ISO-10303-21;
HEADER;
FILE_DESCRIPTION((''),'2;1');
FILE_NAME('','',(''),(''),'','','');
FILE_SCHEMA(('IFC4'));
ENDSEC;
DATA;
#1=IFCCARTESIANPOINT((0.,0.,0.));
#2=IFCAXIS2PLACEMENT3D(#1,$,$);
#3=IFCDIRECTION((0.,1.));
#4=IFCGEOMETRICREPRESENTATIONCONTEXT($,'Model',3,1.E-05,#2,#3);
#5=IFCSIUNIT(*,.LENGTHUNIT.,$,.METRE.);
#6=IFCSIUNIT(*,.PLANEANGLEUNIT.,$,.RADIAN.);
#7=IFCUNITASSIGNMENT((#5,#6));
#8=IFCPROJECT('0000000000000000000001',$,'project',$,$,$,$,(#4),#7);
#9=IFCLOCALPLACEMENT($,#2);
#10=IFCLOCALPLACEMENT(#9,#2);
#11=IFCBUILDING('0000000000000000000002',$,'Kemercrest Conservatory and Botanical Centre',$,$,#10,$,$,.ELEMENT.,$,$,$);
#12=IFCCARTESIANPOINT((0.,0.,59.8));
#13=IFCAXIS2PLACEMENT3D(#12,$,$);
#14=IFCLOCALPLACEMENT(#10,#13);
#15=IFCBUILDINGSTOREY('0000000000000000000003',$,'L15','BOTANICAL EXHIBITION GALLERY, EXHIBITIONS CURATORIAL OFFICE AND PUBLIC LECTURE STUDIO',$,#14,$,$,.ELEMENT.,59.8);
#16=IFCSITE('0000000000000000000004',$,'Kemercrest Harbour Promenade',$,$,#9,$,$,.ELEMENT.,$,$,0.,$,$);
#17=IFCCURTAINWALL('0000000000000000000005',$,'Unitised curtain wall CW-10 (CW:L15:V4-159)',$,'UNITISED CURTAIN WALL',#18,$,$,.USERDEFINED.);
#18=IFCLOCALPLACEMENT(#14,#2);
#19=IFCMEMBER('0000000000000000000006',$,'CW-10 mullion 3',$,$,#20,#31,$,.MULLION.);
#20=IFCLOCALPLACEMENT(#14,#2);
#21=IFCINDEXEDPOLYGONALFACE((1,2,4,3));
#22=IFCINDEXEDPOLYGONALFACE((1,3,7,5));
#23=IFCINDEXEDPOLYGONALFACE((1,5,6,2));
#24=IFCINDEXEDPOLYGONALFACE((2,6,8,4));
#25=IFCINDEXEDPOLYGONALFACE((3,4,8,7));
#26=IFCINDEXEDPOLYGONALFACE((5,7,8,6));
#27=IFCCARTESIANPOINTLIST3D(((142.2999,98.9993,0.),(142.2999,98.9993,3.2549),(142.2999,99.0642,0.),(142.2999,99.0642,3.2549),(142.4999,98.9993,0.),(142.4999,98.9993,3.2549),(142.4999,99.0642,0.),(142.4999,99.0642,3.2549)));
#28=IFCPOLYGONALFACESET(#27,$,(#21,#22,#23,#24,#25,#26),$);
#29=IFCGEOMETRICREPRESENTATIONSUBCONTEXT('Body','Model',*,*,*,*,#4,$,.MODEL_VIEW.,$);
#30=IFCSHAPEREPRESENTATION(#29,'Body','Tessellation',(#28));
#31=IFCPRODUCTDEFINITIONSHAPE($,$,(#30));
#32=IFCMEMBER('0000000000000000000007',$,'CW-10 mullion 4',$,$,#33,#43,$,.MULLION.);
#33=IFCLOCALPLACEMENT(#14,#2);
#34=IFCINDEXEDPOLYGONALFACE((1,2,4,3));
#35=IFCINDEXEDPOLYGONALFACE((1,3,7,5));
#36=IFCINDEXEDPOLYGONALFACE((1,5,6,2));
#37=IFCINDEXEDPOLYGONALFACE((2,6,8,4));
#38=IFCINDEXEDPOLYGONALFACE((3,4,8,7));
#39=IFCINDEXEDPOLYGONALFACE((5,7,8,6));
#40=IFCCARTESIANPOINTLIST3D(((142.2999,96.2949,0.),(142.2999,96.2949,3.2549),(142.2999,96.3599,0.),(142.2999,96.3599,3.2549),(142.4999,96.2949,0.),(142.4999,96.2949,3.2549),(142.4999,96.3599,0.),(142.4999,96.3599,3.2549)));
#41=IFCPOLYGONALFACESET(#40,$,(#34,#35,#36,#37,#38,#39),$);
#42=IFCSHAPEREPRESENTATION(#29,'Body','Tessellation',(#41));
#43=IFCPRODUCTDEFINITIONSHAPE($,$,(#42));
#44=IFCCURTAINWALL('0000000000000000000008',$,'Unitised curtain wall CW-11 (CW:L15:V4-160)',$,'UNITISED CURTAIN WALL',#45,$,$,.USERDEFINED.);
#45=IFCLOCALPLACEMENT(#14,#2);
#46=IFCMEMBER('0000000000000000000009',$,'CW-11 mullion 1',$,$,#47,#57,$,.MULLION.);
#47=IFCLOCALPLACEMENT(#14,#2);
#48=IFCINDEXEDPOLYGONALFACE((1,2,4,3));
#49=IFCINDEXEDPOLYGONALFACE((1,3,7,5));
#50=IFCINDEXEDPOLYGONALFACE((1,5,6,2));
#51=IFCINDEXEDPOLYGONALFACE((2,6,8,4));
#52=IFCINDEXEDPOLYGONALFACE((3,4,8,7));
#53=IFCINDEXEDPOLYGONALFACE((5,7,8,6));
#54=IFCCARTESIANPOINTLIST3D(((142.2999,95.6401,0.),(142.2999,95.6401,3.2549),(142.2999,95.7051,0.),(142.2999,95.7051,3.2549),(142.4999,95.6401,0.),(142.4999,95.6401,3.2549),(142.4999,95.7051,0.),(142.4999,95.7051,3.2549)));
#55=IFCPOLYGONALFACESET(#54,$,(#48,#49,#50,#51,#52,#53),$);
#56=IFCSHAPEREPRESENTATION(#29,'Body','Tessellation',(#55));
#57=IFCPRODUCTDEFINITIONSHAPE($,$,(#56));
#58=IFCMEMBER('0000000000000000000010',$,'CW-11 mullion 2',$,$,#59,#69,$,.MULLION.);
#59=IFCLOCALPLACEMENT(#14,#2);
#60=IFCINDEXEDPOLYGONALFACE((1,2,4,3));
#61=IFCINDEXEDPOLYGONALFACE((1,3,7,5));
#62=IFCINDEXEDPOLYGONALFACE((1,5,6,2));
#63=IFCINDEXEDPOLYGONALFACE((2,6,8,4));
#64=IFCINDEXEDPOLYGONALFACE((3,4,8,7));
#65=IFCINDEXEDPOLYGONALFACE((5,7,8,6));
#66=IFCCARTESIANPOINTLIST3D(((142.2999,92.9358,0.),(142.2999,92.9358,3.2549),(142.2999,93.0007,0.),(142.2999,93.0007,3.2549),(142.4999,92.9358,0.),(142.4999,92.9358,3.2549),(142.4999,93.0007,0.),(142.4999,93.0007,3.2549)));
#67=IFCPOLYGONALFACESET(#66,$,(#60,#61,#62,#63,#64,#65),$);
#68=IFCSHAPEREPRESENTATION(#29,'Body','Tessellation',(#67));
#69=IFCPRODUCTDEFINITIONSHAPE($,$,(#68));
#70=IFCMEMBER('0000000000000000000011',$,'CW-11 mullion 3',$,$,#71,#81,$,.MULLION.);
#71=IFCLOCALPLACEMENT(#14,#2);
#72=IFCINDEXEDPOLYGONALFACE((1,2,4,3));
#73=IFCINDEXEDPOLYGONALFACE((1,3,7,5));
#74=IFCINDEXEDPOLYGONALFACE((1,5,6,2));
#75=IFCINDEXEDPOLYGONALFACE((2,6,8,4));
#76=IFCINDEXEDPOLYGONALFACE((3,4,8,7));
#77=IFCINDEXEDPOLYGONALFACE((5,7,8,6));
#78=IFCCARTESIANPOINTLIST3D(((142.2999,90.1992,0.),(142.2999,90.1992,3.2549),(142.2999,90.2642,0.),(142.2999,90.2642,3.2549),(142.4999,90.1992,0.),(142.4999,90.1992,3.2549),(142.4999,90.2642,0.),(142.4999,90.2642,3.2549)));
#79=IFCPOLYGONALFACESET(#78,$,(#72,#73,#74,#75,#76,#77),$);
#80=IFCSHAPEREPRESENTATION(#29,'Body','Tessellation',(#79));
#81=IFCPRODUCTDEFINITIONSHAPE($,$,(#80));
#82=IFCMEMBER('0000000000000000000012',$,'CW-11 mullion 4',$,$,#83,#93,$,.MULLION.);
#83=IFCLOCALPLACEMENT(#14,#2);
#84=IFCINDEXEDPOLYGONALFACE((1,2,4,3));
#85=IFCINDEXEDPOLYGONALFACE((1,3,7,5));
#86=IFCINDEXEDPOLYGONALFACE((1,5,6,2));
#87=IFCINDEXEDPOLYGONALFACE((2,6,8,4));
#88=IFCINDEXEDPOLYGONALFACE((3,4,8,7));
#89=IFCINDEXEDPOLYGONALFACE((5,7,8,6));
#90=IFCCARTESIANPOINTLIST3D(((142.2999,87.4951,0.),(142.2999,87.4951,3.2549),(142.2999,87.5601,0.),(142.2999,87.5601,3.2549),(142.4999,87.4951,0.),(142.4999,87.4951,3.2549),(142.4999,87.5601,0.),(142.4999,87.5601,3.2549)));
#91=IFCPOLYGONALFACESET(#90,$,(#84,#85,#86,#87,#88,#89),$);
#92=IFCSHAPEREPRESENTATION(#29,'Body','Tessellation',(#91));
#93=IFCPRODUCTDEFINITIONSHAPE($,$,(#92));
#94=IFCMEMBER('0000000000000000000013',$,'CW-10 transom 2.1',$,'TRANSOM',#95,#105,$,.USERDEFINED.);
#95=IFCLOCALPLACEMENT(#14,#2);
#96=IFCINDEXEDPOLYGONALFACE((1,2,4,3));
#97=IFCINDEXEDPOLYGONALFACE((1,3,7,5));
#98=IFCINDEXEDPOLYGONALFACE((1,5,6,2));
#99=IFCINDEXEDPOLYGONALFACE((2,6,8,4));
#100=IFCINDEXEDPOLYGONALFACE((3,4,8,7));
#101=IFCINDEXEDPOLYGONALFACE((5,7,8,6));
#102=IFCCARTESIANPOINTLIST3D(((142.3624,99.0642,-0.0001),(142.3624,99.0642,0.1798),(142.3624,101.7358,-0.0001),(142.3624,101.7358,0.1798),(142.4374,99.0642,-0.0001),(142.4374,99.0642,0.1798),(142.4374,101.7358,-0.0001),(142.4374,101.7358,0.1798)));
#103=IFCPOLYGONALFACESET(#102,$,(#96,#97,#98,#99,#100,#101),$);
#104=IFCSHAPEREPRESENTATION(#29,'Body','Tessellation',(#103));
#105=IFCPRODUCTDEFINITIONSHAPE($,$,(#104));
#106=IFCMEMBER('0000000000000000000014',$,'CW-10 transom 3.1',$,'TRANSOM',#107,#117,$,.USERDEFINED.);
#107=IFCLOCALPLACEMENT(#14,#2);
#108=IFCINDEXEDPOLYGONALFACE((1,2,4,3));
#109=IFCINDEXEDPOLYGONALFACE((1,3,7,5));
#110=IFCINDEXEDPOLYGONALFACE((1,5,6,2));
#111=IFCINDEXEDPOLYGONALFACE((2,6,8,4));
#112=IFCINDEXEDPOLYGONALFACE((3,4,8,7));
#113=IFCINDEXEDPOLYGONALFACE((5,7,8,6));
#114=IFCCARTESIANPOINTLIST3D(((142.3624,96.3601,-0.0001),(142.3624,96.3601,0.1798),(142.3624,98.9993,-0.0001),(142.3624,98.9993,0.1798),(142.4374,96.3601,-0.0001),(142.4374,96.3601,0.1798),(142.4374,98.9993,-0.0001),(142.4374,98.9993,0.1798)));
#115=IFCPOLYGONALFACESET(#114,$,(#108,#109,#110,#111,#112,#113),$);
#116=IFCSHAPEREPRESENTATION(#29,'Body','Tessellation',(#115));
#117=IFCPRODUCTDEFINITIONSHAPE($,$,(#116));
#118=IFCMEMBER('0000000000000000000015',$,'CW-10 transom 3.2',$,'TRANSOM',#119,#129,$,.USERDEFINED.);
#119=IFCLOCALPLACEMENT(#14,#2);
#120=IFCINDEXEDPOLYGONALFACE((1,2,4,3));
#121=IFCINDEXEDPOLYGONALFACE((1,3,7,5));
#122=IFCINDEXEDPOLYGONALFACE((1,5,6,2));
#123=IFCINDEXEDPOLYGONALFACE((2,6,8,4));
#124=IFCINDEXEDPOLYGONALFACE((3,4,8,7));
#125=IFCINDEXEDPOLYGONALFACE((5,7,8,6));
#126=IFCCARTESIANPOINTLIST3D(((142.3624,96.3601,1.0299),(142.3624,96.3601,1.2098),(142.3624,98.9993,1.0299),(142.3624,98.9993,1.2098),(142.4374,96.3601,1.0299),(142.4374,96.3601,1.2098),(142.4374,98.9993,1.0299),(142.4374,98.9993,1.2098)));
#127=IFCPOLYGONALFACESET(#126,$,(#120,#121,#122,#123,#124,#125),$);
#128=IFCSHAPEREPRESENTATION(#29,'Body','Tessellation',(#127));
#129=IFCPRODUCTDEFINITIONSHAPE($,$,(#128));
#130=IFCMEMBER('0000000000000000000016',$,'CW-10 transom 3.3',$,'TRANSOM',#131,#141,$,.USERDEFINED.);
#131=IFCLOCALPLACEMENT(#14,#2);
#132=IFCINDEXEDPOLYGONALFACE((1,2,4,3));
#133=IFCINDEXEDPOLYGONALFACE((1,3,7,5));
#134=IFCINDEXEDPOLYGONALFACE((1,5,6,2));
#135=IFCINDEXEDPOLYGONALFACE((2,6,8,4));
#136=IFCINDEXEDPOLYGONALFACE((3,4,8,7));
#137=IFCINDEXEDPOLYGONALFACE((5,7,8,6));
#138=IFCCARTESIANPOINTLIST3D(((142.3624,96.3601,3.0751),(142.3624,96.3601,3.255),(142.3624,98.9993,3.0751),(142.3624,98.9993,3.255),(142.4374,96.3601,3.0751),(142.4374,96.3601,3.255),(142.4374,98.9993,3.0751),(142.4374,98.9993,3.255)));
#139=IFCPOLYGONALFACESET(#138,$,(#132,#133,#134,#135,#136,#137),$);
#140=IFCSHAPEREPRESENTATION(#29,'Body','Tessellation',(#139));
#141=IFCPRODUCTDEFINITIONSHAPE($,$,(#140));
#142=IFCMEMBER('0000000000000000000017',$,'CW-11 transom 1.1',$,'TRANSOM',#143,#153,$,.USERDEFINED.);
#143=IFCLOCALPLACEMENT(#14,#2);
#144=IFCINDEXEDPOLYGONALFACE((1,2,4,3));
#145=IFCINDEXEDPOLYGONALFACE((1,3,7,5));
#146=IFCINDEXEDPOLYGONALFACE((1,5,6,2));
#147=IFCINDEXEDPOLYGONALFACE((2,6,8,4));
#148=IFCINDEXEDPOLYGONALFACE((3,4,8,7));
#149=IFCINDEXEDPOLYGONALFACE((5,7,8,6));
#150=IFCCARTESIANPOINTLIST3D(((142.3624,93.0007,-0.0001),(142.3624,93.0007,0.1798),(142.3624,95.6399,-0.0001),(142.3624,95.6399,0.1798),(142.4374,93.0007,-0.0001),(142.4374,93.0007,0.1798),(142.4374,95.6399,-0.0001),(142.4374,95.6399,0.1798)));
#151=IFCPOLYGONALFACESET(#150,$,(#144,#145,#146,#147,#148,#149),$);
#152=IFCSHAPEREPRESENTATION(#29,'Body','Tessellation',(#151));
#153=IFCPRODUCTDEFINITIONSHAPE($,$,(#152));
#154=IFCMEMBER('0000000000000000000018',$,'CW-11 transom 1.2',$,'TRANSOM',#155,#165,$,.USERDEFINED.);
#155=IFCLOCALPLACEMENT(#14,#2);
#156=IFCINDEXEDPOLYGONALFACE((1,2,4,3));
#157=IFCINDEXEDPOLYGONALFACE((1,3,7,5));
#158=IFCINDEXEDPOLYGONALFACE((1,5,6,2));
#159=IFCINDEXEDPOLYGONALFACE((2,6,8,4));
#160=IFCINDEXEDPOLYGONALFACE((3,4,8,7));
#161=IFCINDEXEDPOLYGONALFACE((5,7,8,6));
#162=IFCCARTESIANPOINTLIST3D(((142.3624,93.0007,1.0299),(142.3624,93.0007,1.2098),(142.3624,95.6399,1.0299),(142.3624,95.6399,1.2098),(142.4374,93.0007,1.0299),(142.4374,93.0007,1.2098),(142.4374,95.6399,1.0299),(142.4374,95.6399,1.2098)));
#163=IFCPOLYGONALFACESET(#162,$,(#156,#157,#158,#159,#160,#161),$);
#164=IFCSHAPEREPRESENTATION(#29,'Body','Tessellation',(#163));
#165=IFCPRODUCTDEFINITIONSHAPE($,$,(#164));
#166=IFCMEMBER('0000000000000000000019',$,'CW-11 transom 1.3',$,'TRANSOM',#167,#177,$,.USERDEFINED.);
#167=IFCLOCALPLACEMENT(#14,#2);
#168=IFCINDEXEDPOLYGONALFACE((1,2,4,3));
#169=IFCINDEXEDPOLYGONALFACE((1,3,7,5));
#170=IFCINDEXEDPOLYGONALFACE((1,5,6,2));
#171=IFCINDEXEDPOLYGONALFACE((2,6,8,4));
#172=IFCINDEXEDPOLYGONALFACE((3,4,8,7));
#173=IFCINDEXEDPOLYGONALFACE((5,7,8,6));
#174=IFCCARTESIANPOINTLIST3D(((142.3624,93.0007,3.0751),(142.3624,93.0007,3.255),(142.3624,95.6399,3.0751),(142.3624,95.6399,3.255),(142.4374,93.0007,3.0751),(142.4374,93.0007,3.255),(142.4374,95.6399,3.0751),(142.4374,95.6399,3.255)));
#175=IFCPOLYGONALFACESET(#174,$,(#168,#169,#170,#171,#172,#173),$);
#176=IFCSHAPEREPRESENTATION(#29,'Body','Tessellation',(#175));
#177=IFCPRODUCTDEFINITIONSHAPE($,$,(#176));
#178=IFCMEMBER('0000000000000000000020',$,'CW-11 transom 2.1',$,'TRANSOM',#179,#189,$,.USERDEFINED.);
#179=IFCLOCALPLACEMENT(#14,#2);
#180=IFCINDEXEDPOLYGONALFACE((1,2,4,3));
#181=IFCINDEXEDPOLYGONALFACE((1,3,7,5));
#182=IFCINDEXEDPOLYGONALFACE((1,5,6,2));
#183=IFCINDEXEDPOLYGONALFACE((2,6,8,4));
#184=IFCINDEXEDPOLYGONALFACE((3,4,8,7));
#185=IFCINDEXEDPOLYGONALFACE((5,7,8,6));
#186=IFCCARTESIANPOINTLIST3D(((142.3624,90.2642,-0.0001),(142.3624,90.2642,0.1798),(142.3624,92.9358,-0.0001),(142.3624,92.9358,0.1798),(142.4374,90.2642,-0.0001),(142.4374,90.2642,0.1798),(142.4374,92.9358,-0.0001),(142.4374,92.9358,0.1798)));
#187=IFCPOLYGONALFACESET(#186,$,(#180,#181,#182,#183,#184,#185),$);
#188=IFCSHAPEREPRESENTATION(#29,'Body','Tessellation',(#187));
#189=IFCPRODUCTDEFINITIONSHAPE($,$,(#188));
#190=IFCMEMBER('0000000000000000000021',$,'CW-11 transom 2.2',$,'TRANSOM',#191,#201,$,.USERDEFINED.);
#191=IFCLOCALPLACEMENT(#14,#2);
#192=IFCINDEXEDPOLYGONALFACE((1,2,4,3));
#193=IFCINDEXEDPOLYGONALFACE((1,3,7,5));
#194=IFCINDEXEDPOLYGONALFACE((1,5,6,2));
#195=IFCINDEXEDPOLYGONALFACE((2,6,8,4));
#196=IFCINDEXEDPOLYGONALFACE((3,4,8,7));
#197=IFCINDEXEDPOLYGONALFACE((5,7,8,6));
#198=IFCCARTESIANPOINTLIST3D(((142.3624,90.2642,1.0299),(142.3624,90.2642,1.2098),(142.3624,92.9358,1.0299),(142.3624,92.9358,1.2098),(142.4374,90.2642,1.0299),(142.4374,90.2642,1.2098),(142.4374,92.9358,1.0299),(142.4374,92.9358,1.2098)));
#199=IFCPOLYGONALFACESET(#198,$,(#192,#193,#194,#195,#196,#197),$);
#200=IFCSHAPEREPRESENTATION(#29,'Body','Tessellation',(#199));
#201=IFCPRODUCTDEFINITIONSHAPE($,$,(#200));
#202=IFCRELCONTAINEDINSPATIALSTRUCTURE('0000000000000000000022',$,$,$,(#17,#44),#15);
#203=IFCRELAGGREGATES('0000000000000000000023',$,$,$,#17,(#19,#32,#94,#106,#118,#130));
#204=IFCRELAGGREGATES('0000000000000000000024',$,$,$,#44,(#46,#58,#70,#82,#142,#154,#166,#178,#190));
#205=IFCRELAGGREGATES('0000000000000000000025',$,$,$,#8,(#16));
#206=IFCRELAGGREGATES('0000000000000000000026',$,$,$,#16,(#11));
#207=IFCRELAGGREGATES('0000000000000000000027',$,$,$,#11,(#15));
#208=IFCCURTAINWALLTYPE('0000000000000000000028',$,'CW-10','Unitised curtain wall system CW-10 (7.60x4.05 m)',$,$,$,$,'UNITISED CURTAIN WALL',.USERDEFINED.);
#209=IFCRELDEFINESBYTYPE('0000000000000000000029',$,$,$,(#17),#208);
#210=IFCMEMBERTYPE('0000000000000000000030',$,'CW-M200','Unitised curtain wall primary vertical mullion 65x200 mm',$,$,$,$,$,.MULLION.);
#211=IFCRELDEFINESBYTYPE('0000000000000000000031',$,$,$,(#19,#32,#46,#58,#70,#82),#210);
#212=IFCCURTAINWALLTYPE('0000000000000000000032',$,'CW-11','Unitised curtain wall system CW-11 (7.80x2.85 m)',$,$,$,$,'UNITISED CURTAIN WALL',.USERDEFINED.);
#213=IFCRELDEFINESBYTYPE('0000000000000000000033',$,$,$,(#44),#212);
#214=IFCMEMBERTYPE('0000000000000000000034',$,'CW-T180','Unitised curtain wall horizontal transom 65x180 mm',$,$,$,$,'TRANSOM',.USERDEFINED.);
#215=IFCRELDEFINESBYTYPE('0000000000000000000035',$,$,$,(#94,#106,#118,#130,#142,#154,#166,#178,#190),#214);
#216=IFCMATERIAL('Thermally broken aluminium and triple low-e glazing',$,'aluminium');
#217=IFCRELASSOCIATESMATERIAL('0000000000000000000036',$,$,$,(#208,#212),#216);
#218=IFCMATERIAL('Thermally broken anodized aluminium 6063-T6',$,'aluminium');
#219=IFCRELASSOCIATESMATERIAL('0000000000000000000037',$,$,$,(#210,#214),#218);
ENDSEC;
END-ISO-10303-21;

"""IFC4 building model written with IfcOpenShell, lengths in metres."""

from ifc_helpers import new_model, si_unit, direction, frame, origin, origin_2d, place, context, subcontext, project, spatial, rectangle, extrude, material, material_profile, profile_set, type_object, element, aggregate, save


model = new_model("IFC4")

# Units and contexts
model_context = context("Model", 3, precision=1e-05, world=origin(), true_north=direction((0.0, 1.0)))
body_context = subcontext(model_context, "Body", "Model", "MODEL_VIEW")
ifc_project = project(units=[si_unit("LENGTHUNIT", "METRE"), si_unit("PLANEANGLEUNIT", "RADIAN")], contexts=[model_context])

# Site, building, storey
site_placement = place(None, origin())
site = spatial("IfcSite", under=ifc_project, at=site_placement, Name="Kemercrest Harbour Promenade", CompositionType="ELEMENT", RefElevation=0.0)
building_placement = place(site_placement, origin())
building = spatial("IfcBuilding", under=site, at=building_placement, Name="Kemercrest Conservatory and Botanical Centre", CompositionType="ELEMENT")
storey_placement = place(building_placement, frame((0.0, 0.0, 59.8)))
storey = spatial("IfcBuildingStorey", under=building, at=storey_placement, Name="L15", Description="BOTANICAL EXHIBITION GALLERY, EXHIBITIONS CURATORIAL OFFICE AND PUBLIC LECTURE STUDIO", CompositionType="ELEMENT", Elevation=59.8)

# Curtain walls, members
ifc_material_1 = material(Name="Thermally broken aluminium and triple low-e glazing", Category="aluminium")
curtain_wall_type_1 = type_object("IfcCurtainWallType", Name="CW-10", Description="Unitised curtain wall system CW-10 (7.60x4.05 m)", ElementType="UNITISED CURTAIN WALL", PredefinedType="USERDEFINED", material=ifc_material_1)
curtain_wall_1_placement = place(storey_placement, origin())
curtain_wall_1 = element("IfcCurtainWall", 1, at=curtain_wall_1_placement, inside=storey, type_object=curtain_wall_type_1, Name="Unitised curtain wall CW-10 (CW:L15:V4-159)", ObjectType="UNITISED CURTAIN WALL", PredefinedType="USERDEFINED")
ifc_material_2 = material(Name="Thermally broken anodized aluminium 6063-T6", Category="aluminium")
ifc_material_profile_1 = material_profile(ifc_material_2, rectangle(XDim=0.2, YDim=0.0649, at=origin_2d()), Name="AL MULLION 65x200")
ifc_profile_set_1 = profile_set([ifc_material_profile_1], Name="Thermally broken anodized aluminium 6063-T6")
member_type_1 = type_object("IfcMemberType", Name="CW-M200", Description="Unitised curtain wall primary vertical mullion 65x200 mm", PredefinedType="MULLION", material=ifc_profile_set_1)
member_1_placement = place(storey_placement, frame((142.3999, 99.0317, 0.0), z_axis=(0.0, 0.0, 1.0), x_axis=(1.0, 0.0, 0.0)))
member_1 = element("IfcMember", 2, at=member_1_placement, type_object=member_type_1, Name="CW-10 mullion 3", PredefinedType="MULLION", context=body_context, shape_type="SweptSolid", body=[
    extrude(rectangle(XDim=0.2, YDim=0.0649, at=origin_2d()), origin(), (0.0, 0.0, 1.0), 3.2549),
])
member_2_placement = place(storey_placement, frame((142.3999, 96.3274, 0.0), z_axis=(0.0, 0.0, 1.0), x_axis=(1.0, 0.0, 0.0)))
member_2 = element("IfcMember", 3, at=member_2_placement, type_object=member_type_1, Name="CW-10 mullion 4", PredefinedType="MULLION", context=body_context, shape_type="SweptSolid", body=[
    extrude(rectangle(XDim=0.2, YDim=0.0649, at=origin_2d()), origin(), (0.0, 0.0, 1.0), 3.2549),
])
curtain_wall_type_2 = type_object("IfcCurtainWallType", Name="CW-11", Description="Unitised curtain wall system CW-11 (7.80x2.85 m)", ElementType="UNITISED CURTAIN WALL", PredefinedType="USERDEFINED", material=ifc_material_1)
curtain_wall_2_placement = place(storey_placement, origin())
curtain_wall_2 = element("IfcCurtainWall", 4, at=curtain_wall_2_placement, inside=storey, type_object=curtain_wall_type_2, Name="Unitised curtain wall CW-11 (CW:L15:V4-160)", ObjectType="UNITISED CURTAIN WALL", PredefinedType="USERDEFINED")
member_3_placement = place(storey_placement, frame((142.3999, 95.6726, 0.0), z_axis=(0.0, 0.0, 1.0), x_axis=(1.0, 0.0, 0.0)))
member_3 = element("IfcMember", 5, at=member_3_placement, type_object=member_type_1, Name="CW-11 mullion 1", PredefinedType="MULLION", context=body_context, shape_type="SweptSolid", body=[
    extrude(rectangle(XDim=0.2, YDim=0.0649, at=origin_2d()), origin(), (0.0, 0.0, 1.0), 3.2549),
])
member_4_placement = place(storey_placement, frame((142.3999, 92.9683, 0.0), z_axis=(0.0, 0.0, 1.0), x_axis=(1.0, 0.0, 0.0)))
member_4 = element("IfcMember", 6, at=member_4_placement, type_object=member_type_1, Name="CW-11 mullion 2", PredefinedType="MULLION", context=body_context, shape_type="SweptSolid", body=[
    extrude(rectangle(XDim=0.2, YDim=0.0649, at=origin_2d()), origin(), (0.0, 0.0, 1.0), 3.2549),
])
member_5_placement = place(storey_placement, frame((142.3999, 90.2317, 0.0), z_axis=(0.0, 0.0, 1.0), x_axis=(1.0, 0.0, 0.0)))
member_5 = element("IfcMember", 7, at=member_5_placement, type_object=member_type_1, Name="CW-11 mullion 3", PredefinedType="MULLION", context=body_context, shape_type="SweptSolid", body=[
    extrude(rectangle(XDim=0.2, YDim=0.0649, at=origin_2d()), origin(), (0.0, 0.0, 1.0), 3.2549),
])
member_6_placement = place(storey_placement, frame((142.3999, 87.5276, 0.0), z_axis=(0.0, 0.0, 1.0), x_axis=(1.0, 0.0, 0.0)))
member_6 = element("IfcMember", 8, at=member_6_placement, type_object=member_type_1, Name="CW-11 mullion 4", PredefinedType="MULLION", context=body_context, shape_type="SweptSolid", body=[
    extrude(rectangle(XDim=0.2, YDim=0.0649, at=origin_2d()), origin(), (0.0, 0.0, 1.0), 3.2549),
])

# Members
ifc_material_profile_2 = material_profile(ifc_material_2, rectangle(XDim=0.075, YDim=0.1799, at=origin_2d()), Name="AL TRANSOM 75x180")
ifc_profile_set_2 = profile_set([ifc_material_profile_2], Name="Thermally broken anodized aluminium 6063-T6")
member_type_2 = type_object("IfcMemberType", Name="CW-T180", Description="Unitised curtain wall horizontal transom 65x180 mm", ElementType="TRANSOM", PredefinedType="USERDEFINED", material=ifc_profile_set_2)
member_7_placement = place(storey_placement, frame((142.3999, 101.7358, 0.0898), z_axis=(0.0, -1.0, 0.0), x_axis=(1.0, 0.0, 0.0)))
member_7 = element("IfcMember", 9, at=member_7_placement, type_object=member_type_2, Name="CW-10 transom 2.1", ObjectType="TRANSOM", PredefinedType="USERDEFINED", context=body_context, shape_type="SweptSolid", body=[
    extrude(rectangle(XDim=0.075, YDim=0.1799, at=origin_2d()), origin(), (0.0, 0.0, 1.0), 2.6716),
])
member_8_placement = place(storey_placement, frame((142.3999, 98.9993, 0.0898), z_axis=(0.0, -1.0, 0.0), x_axis=(1.0, 0.0, 0.0)))
member_8 = element("IfcMember", 10, at=member_8_placement, type_object=member_type_2, Name="CW-10 transom 3.1", ObjectType="TRANSOM", PredefinedType="USERDEFINED", context=body_context, shape_type="SweptSolid", body=[
    extrude(rectangle(XDim=0.075, YDim=0.1799, at=origin_2d()), origin(), (0.0, 0.0, 1.0), 2.6392),
])
member_9_placement = place(storey_placement, frame((142.3999, 98.9993, 1.1199), z_axis=(0.0, -1.0, 0.0), x_axis=(1.0, 0.0, 0.0)))
member_9 = element("IfcMember", 11, at=member_9_placement, type_object=member_type_2, Name="CW-10 transom 3.2", ObjectType="TRANSOM", PredefinedType="USERDEFINED", context=body_context, shape_type="SweptSolid", body=[
    extrude(rectangle(XDim=0.075, YDim=0.1799, at=origin_2d()), origin(), (0.0, 0.0, 1.0), 2.6392),
])
member_10_placement = place(storey_placement, frame((142.3999, 98.9993, 3.165), z_axis=(0.0, -1.0, 0.0), x_axis=(1.0, 0.0, 0.0)))
member_10 = element("IfcMember", 12, at=member_10_placement, type_object=member_type_2, Name="CW-10 transom 3.3", ObjectType="TRANSOM", PredefinedType="USERDEFINED", context=body_context, shape_type="SweptSolid", body=[
    extrude(rectangle(XDim=0.075, YDim=0.1799, at=origin_2d()), origin(), (0.0, 0.0, 1.0), 2.6392),
])
member_11_placement = place(storey_placement, frame((142.3999, 95.6399, 0.0898), z_axis=(0.0, -1.0, 0.0), x_axis=(1.0, 0.0, 0.0)))
member_11 = element("IfcMember", 13, at=member_11_placement, type_object=member_type_2, Name="CW-11 transom 1.1", ObjectType="TRANSOM", PredefinedType="USERDEFINED", context=body_context, shape_type="SweptSolid", body=[
    extrude(rectangle(XDim=0.075, YDim=0.1799, at=origin_2d()), origin(), (0.0, 0.0, 1.0), 2.6392),
])
member_12_placement = place(storey_placement, frame((142.3999, 95.6399, 1.1199), z_axis=(0.0, -1.0, 0.0), x_axis=(1.0, 0.0, 0.0)))
member_12 = element("IfcMember", 14, at=member_12_placement, type_object=member_type_2, Name="CW-11 transom 1.2", ObjectType="TRANSOM", PredefinedType="USERDEFINED", context=body_context, shape_type="SweptSolid", body=[
    extrude(rectangle(XDim=0.075, YDim=0.1799, at=origin_2d()), origin(), (0.0, 0.0, 1.0), 2.6392),
])
member_13_placement = place(storey_placement, frame((142.3999, 95.6399, 3.165), z_axis=(0.0, -1.0, 0.0), x_axis=(1.0, 0.0, 0.0)))
member_13 = element("IfcMember", 15, at=member_13_placement, type_object=member_type_2, Name="CW-11 transom 1.3", ObjectType="TRANSOM", PredefinedType="USERDEFINED", context=body_context, shape_type="SweptSolid", body=[
    extrude(rectangle(XDim=0.075, YDim=0.1799, at=origin_2d()), origin(), (0.0, 0.0, 1.0), 2.6392),
])
member_14_placement = place(storey_placement, frame((142.3999, 92.9358, 0.0898), z_axis=(0.0, -1.0, 0.0), x_axis=(1.0, 0.0, 0.0)))
member_14 = element("IfcMember", 16, at=member_14_placement, type_object=member_type_2, Name="CW-11 transom 2.1", ObjectType="TRANSOM", PredefinedType="USERDEFINED", context=body_context, shape_type="SweptSolid", body=[
    extrude(rectangle(XDim=0.075, YDim=0.1799, at=origin_2d()), origin(), (0.0, 0.0, 1.0), 2.6716),
])
member_15_placement = place(storey_placement, frame((142.3999, 92.9358, 1.1199), z_axis=(0.0, -1.0, 0.0), x_axis=(1.0, 0.0, 0.0)))
member_15 = element("IfcMember", 17, at=member_15_placement, type_object=member_type_2, Name="CW-11 transom 2.2", ObjectType="TRANSOM", PredefinedType="USERDEFINED", context=body_context, shape_type="SweptSolid", body=[
    extrude(rectangle(XDim=0.075, YDim=0.1799, at=origin_2d()), origin(), (0.0, 0.0, 1.0), 2.6716),
])

aggregate(curtain_wall_1, [member_1, member_2, member_7, member_8, member_9, member_10])
aggregate(curtain_wall_2, [member_3, member_4, member_5, member_6, member_11, member_12, member_13, member_14, member_15])

save(model, "model.ifc")
